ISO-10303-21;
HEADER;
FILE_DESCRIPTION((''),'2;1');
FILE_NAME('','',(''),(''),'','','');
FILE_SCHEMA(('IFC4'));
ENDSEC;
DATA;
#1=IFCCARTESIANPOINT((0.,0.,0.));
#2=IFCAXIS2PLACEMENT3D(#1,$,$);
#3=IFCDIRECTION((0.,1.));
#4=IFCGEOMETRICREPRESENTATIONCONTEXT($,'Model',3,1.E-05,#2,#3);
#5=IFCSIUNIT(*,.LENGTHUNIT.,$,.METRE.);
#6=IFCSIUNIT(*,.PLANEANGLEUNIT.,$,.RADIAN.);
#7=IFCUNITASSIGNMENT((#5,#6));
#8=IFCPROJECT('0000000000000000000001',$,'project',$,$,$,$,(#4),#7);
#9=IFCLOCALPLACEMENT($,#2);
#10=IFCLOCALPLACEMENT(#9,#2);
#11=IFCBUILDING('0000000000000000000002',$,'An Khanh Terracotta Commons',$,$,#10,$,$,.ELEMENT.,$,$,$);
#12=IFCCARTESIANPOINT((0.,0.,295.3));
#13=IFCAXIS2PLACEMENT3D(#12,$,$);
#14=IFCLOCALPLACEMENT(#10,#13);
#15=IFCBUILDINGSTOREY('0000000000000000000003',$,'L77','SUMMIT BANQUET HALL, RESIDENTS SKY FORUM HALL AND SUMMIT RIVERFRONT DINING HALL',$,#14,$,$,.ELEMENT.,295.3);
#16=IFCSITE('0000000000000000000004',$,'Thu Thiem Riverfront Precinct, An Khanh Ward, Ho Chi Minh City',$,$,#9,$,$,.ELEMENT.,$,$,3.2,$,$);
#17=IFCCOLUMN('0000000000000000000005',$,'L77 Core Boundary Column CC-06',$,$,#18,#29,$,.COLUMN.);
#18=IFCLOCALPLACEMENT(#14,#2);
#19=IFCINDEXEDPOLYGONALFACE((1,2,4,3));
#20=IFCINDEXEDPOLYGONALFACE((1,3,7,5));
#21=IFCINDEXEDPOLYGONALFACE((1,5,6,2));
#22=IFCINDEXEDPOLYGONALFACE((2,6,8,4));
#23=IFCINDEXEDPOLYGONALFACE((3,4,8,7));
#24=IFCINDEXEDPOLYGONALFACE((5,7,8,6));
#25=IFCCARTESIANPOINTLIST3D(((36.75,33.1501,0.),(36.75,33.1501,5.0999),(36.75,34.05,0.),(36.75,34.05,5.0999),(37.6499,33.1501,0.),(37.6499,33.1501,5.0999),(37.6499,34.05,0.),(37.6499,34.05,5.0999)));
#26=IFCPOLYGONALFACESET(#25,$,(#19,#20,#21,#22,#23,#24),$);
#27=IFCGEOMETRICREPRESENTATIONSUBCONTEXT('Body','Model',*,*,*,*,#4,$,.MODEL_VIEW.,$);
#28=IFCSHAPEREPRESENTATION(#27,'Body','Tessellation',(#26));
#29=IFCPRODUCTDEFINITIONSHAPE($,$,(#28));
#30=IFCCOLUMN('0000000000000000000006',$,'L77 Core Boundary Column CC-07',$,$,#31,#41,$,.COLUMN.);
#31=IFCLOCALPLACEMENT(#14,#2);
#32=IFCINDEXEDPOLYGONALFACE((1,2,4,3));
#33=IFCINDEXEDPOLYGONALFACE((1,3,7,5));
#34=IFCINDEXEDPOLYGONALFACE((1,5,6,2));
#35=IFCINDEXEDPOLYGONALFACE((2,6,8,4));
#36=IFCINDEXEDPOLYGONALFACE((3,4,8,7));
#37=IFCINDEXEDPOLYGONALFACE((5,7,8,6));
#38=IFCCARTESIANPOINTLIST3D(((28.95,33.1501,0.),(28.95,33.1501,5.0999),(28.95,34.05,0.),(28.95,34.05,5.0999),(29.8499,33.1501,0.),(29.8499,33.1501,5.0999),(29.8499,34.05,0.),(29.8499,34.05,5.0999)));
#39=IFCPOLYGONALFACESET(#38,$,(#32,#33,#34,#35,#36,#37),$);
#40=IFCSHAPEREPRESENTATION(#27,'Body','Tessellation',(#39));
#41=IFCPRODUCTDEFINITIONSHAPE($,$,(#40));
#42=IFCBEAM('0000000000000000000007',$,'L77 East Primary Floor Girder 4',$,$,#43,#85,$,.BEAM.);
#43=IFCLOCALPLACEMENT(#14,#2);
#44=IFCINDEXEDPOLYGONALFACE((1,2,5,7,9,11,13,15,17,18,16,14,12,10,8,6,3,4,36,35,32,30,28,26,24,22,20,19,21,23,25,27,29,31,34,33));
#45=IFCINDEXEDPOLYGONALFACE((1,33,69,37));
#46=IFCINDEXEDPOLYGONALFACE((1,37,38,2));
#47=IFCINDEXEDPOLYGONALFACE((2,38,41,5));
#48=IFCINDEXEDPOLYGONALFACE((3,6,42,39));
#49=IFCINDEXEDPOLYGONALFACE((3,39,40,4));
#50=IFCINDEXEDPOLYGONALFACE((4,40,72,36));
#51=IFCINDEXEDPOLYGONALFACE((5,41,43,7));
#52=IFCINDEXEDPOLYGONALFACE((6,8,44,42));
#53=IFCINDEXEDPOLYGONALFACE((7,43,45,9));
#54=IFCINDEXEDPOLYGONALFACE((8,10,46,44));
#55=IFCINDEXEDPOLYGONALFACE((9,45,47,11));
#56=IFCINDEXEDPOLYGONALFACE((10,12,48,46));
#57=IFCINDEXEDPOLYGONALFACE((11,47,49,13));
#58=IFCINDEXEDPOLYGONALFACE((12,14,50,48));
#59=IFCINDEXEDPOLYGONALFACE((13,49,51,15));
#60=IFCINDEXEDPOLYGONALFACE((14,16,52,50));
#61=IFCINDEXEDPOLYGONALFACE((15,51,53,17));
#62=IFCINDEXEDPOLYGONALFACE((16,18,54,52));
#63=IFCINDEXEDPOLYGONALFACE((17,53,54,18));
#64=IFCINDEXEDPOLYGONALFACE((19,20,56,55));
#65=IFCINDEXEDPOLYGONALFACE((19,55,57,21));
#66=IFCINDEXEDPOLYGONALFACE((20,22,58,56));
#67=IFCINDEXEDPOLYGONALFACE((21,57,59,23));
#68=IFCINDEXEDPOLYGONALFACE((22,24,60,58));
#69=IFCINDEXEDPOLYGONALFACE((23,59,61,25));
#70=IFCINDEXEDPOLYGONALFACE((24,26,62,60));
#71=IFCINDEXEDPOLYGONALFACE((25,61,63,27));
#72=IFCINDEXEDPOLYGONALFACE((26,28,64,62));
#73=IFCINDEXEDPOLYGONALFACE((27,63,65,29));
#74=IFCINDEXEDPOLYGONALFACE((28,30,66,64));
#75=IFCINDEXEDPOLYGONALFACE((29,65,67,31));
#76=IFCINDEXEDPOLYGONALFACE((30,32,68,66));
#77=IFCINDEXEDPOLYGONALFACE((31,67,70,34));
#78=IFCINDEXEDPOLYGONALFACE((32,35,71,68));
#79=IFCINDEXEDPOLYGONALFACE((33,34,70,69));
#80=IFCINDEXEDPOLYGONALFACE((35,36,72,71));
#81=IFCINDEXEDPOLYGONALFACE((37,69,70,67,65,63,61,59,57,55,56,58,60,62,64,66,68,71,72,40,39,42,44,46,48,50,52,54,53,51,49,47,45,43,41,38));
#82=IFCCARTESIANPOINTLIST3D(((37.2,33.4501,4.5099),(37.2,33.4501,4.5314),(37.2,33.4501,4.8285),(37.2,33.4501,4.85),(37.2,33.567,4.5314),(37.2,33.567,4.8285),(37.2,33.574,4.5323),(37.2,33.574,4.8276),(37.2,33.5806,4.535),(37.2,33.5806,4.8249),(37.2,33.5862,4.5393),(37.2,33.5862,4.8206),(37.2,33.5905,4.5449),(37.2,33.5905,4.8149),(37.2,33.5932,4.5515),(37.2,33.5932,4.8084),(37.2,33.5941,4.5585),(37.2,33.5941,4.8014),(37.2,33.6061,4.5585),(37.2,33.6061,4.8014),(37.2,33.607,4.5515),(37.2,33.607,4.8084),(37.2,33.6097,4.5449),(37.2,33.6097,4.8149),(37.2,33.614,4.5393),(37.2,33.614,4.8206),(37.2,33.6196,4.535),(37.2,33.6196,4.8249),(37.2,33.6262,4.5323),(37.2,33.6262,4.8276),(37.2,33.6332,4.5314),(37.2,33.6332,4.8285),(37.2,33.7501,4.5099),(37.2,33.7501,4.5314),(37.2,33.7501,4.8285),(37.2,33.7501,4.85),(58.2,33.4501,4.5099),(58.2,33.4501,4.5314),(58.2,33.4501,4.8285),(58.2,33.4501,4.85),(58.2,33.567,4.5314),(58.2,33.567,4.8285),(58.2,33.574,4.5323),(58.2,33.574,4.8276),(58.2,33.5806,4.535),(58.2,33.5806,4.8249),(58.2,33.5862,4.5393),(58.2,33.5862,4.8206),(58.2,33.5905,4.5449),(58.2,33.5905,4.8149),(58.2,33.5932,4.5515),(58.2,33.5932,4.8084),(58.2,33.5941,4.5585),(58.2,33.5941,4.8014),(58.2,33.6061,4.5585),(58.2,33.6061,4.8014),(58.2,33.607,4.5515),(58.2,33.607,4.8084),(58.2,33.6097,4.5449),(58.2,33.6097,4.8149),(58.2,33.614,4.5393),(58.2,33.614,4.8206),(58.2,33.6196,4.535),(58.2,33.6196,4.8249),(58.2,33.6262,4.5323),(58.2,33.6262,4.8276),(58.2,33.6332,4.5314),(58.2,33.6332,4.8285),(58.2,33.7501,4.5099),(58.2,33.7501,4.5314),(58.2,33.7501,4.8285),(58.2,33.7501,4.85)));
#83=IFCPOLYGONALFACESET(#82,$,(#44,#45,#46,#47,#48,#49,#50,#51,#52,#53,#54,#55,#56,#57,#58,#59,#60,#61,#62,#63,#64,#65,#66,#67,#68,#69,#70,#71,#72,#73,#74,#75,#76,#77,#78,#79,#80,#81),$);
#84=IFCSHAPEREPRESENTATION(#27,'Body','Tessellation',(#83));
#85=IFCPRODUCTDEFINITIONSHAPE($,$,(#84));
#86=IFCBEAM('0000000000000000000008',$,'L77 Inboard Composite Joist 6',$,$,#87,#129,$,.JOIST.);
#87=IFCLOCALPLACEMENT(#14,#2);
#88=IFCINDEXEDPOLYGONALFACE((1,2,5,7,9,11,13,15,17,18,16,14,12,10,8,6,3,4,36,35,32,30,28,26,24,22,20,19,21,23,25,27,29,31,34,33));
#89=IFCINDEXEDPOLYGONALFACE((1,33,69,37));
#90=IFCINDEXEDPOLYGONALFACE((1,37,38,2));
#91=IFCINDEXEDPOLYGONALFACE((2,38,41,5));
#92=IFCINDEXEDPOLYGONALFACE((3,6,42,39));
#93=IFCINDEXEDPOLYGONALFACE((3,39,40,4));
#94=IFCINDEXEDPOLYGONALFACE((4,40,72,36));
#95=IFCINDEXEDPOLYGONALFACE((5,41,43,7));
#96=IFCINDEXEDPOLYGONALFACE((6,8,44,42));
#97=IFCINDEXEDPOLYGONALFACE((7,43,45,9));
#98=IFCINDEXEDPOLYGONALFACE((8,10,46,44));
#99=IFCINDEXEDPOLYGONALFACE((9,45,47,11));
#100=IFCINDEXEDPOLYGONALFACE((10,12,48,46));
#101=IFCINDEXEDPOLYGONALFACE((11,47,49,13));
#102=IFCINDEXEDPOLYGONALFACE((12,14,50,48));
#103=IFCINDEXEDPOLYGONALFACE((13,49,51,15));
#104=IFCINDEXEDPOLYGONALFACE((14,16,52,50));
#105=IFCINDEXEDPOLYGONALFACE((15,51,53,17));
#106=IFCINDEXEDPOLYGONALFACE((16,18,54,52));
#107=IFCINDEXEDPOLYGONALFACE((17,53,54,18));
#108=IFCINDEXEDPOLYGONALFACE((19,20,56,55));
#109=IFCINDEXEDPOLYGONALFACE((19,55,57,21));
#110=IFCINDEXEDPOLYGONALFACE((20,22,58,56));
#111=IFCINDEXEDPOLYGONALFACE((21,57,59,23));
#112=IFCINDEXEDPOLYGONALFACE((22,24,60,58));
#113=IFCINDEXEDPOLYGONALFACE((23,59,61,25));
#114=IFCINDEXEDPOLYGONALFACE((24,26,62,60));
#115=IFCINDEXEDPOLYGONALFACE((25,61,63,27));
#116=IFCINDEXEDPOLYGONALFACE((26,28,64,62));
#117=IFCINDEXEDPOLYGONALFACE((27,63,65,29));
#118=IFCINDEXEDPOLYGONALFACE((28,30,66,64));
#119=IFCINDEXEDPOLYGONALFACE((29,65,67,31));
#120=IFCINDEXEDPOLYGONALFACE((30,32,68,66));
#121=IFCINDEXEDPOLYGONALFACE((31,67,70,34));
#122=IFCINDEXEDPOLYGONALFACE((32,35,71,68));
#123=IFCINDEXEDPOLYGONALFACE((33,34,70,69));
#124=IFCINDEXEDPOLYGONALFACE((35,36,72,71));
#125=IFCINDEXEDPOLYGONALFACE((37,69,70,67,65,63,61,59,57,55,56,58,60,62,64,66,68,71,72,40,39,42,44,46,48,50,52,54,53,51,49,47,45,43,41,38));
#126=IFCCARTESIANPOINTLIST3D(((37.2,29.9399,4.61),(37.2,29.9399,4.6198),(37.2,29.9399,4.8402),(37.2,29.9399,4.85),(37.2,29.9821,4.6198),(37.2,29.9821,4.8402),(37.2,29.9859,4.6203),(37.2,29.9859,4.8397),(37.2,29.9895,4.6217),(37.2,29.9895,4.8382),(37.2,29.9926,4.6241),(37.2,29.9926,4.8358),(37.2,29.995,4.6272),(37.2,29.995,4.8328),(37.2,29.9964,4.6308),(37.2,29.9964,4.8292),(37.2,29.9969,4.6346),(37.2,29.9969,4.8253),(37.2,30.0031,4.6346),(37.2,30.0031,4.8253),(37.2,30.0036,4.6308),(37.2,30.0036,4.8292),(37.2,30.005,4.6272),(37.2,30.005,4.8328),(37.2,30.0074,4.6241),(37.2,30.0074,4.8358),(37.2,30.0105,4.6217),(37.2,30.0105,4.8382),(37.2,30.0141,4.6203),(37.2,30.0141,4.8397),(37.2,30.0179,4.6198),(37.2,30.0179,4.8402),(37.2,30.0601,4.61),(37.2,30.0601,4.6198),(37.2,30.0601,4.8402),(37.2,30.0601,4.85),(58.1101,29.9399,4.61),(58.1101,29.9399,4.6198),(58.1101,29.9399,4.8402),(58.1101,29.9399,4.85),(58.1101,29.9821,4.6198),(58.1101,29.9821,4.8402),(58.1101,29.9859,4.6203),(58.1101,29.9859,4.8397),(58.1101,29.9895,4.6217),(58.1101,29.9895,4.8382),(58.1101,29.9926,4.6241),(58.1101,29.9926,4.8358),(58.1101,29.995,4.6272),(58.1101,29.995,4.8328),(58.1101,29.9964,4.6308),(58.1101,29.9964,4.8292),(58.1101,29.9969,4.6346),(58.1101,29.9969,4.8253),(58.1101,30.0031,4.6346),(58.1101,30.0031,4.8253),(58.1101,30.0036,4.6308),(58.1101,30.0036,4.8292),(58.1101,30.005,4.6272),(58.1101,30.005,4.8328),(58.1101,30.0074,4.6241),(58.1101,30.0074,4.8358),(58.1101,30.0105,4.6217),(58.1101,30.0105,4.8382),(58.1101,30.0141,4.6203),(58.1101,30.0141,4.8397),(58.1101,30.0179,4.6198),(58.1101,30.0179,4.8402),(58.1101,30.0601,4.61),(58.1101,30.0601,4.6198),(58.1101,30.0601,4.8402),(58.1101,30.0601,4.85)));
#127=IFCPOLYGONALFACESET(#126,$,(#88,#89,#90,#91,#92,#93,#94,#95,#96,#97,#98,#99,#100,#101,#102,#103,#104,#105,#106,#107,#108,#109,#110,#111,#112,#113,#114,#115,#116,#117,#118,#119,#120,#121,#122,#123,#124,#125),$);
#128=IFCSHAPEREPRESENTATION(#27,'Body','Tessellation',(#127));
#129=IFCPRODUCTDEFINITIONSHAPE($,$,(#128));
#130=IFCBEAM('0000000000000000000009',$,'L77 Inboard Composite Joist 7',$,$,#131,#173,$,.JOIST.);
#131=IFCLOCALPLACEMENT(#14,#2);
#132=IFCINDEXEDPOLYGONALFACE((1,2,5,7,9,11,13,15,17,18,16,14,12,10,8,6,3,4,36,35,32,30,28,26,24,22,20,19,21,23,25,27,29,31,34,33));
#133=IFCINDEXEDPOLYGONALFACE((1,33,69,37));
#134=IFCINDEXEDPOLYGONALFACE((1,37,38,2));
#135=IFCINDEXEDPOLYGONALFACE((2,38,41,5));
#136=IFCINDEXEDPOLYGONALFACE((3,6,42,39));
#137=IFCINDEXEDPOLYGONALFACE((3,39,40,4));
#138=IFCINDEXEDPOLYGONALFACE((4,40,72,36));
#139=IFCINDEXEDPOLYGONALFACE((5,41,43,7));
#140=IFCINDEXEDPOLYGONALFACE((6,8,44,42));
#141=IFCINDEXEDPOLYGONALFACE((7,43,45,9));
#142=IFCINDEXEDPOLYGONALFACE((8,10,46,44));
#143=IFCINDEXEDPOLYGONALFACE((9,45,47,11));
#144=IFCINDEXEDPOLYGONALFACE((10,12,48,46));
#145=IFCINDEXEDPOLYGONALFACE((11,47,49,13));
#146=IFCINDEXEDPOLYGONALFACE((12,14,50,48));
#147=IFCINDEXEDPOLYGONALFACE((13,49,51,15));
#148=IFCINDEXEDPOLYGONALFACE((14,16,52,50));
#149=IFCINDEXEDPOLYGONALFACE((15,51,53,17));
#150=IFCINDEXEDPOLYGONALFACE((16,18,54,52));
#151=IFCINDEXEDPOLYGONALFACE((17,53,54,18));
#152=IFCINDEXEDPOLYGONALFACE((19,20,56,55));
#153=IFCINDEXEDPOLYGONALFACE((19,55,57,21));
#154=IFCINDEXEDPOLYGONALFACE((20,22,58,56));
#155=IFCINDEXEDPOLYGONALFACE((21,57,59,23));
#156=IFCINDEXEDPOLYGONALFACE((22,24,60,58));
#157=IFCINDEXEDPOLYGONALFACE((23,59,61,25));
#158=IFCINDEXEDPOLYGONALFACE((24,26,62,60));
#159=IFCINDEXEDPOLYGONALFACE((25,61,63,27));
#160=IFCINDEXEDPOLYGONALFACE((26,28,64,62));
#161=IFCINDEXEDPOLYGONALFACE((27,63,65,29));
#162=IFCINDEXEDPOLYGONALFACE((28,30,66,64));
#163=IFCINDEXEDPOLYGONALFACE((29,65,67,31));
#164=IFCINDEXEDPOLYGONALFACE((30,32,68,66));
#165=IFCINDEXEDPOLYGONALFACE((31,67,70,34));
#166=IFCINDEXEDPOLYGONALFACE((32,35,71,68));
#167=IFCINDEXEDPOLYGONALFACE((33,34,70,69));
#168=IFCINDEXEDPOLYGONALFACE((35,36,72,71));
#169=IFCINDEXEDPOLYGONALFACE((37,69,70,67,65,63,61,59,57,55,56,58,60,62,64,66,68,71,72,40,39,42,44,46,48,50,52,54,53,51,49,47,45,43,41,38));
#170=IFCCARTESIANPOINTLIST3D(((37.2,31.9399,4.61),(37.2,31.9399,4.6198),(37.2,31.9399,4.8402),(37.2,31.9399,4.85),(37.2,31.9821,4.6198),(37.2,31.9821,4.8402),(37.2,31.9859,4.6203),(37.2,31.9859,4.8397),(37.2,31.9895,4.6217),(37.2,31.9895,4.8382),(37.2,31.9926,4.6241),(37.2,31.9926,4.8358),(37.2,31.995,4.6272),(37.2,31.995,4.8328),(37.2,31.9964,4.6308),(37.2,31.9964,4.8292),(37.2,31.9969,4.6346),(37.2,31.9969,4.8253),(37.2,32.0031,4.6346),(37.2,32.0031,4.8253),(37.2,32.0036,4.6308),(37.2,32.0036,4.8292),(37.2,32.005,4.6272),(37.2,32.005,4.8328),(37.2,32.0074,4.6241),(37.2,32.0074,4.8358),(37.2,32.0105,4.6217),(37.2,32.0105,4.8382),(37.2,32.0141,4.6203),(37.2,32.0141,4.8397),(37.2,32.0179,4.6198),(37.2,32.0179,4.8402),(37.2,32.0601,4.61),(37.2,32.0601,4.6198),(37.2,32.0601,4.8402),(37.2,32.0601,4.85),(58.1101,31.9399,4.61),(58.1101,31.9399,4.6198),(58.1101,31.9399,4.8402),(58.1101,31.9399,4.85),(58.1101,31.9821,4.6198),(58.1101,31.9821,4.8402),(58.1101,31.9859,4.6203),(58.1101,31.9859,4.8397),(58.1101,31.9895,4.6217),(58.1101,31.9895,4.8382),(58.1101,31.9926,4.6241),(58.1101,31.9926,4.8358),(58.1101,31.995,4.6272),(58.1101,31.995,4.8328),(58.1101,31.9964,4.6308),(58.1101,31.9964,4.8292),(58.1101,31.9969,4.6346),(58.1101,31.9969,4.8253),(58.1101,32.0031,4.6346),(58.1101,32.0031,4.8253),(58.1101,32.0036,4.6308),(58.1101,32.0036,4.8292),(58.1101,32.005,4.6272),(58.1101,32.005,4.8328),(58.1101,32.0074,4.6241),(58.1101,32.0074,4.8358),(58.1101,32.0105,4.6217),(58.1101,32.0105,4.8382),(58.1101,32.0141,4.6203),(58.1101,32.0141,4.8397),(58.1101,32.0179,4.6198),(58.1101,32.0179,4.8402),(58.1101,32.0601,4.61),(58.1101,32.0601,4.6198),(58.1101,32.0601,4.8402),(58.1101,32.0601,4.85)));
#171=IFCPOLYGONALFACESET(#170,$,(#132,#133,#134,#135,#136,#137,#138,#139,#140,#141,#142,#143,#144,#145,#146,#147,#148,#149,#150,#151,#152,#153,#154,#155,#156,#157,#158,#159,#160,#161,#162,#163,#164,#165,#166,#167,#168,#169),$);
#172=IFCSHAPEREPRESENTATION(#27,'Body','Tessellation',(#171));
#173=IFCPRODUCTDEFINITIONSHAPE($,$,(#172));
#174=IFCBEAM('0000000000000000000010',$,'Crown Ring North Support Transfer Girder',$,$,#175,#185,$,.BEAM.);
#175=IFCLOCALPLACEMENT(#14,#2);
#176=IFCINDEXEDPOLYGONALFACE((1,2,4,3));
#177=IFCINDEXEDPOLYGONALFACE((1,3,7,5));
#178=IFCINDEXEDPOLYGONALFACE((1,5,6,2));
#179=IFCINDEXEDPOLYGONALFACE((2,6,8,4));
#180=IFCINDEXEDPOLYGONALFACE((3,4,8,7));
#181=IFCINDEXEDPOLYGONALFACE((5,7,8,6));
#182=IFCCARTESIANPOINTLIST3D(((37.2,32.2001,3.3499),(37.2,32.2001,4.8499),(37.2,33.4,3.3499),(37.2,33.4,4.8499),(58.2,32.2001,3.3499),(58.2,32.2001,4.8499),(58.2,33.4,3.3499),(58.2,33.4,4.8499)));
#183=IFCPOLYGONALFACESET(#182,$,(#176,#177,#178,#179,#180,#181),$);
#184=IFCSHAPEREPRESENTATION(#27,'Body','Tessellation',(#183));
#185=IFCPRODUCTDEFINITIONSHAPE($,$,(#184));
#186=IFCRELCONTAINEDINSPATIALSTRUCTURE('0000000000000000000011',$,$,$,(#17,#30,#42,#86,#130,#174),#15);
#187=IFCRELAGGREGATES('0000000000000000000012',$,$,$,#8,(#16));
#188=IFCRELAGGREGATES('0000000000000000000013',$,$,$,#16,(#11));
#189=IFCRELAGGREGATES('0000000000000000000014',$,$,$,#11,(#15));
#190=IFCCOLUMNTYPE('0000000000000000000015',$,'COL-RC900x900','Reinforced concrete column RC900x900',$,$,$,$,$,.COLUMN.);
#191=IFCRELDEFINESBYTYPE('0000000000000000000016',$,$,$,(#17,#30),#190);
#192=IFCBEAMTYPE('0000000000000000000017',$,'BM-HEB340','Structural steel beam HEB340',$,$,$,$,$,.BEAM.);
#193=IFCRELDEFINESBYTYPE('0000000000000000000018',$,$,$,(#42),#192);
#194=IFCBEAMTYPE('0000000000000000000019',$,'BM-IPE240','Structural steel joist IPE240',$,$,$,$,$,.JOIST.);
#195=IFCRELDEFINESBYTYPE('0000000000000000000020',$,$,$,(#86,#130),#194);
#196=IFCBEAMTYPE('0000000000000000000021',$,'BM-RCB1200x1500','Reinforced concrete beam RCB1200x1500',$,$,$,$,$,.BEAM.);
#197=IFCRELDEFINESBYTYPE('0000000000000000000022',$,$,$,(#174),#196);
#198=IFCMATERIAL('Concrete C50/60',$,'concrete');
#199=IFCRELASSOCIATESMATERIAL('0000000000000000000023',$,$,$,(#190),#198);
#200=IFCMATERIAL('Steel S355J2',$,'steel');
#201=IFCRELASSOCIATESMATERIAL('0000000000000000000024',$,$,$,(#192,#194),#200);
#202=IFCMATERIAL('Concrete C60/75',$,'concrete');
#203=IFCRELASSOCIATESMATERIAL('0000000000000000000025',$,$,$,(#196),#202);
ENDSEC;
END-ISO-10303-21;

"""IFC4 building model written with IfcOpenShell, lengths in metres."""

from ifc_helpers import new_model, si_unit, direction, frame, origin, origin_2d, place, context, subcontext, project, spatial, rectangle, i_section, extrude, material, material_profile, profile_set, type_object, element, save


model = new_model("IFC4")

# Units and contexts
model_context = context("Model", 3, precision=1e-05, world=origin(), true_north=direction((0.0, 1.0)))
body_context = subcontext(model_context, "Body", "Model", "MODEL_VIEW")
ifc_project = project(units=[si_unit("LENGTHUNIT", "METRE"), si_unit("PLANEANGLEUNIT", "RADIAN")], contexts=[model_context])

# Site, building, storey
site_placement = place(None, origin())
site = spatial("IfcSite", under=ifc_project, at=site_placement, Name="Thu Thiem Riverfront Precinct, An Khanh Ward, Ho Chi Minh City", CompositionType="ELEMENT", RefElevation=3.2)
building_placement = place(site_placement, origin())
building = spatial("IfcBuilding", under=site, at=building_placement, Name="An Khanh Terracotta Commons", CompositionType="ELEMENT")
storey_placement = place(building_placement, frame((0.0, 0.0, 295.3)))
storey = spatial("IfcBuildingStorey", under=building, at=storey_placement, Name="L77", Description="SUMMIT BANQUET HALL, RESIDENTS SKY FORUM HALL AND SUMMIT RIVERFRONT DINING HALL", CompositionType="ELEMENT", Elevation=295.3)

# Columns
ifc_material_1 = material(Name="Concrete C50/60", Category="concrete")
ifc_material_profile_1 = material_profile(ifc_material_1, rectangle(XDim=0.8999, YDim=0.8999, at=origin_2d()), Name="RC900x900")
ifc_profile_set_1 = profile_set([ifc_material_profile_1], Name="Concrete C50/60")
column_type = type_object("IfcColumnType", Name="COL-RC900x900", Description="Reinforced concrete column RC900x900", PredefinedType="COLUMN", material=ifc_profile_set_1)
for number, where, z_axis, x_axis, name in (
    (1, (37.2, 33.6001, 0.0), (0.0, 0.0, 1.0), (1.0, 0.0, 0.0), "L77 Core Boundary Column CC-06"),
    (2, (29.3999, 33.6001, 0.0), (0.0, 0.0, 1.0), (1.0, 0.0, 0.0), "L77 Core Boundary Column CC-07"),
):
    element("IfcColumn", number, at=place(storey_placement, frame(where, z_axis=z_axis, x_axis=x_axis)), inside=storey, type_object=column_type, Name=name, PredefinedType="COLUMN", context=body_context, shape_type="SweptSolid", body=[
        extrude(rectangle(XDim=0.8999, YDim=0.8999, at=origin_2d()), origin(), (0.0, 0.0, 1.0), 5.0999),
    ])

# Beams
ifc_material_2 = material(Name="Steel S355J2", Category="steel")
ifc_material_profile_2 = material_profile(ifc_material_2, i_section(OverallWidth=0.3, OverallDepth=0.3401, WebThickness=0.012, FlangeThickness=0.0215, FilletRadius=0.0271, at=origin_2d()), Name="HEB340")
ifc_profile_set_2 = profile_set([ifc_material_profile_2], Name="Steel S355J2")
beam_type_1 = type_object("IfcBeamType", Name="BM-HEB340", Description="Structural steel beam HEB340", PredefinedType="BEAM", material=ifc_profile_set_2)
beam_1_placement = place(storey_placement, frame((37.2, 33.6001, 4.6799), z_axis=(1.0, 0.0, 0.0), x_axis=(0.0, 1.0, 0.0)))
element("IfcBeam", 3, at=beam_1_placement, inside=storey, type_object=beam_type_1, Name="L77 East Primary Floor Girder 4", PredefinedType="BEAM", context=body_context, shape_type="SweptSolid", body=[
    extrude(i_section(OverallWidth=0.3, OverallDepth=0.3401, WebThickness=0.012, FlangeThickness=0.0215, FilletRadius=0.0271, at=origin_2d()), origin(), (0.0, 0.0, 1.0), 21.0),
])
ifc_material_profile_3 = material_profile(ifc_material_2, i_section(OverallWidth=0.1201, OverallDepth=0.24, WebThickness=0.0061, FlangeThickness=0.0098, FilletRadius=0.0149, at=origin_2d()), Name="IPE240")
ifc_profile_set_3 = profile_set([ifc_material_profile_3], Name="Steel S355J2")
beam_type_2 = type_object("IfcBeamType", Name="BM-IPE240", Description="Structural steel joist IPE240", PredefinedType="JOIST", material=ifc_profile_set_3)
for number, where, z_axis, x_axis, name in (
    (4, (37.2, 30.0, 4.73), (1.0, 0.0, 0.0), (0.0, 1.0, 0.0), "L77 Inboard Composite Joist 6"),
    (5, (37.2, 32.0, 4.73), (1.0, 0.0, 0.0), (0.0, 1.0, 0.0), "L77 Inboard Composite Joist 7"),
):
    element("IfcBeam", number, at=place(storey_placement, frame(where, z_axis=z_axis, x_axis=x_axis)), inside=storey, type_object=beam_type_2, Name=name, PredefinedType="JOIST", context=body_context, shape_type="SweptSolid", body=[
        extrude(i_section(OverallWidth=0.1201, OverallDepth=0.24, WebThickness=0.0061, FlangeThickness=0.0098, FilletRadius=0.0149, at=origin_2d()), origin(), (0.0, 0.0, 1.0), 20.9102),
    ])
ifc_material_3 = material(Name="Concrete C60/75", Category="concrete")
ifc_material_profile_4 = material_profile(ifc_material_3, rectangle(XDim=1.2, YDim=1.5, at=origin_2d()), Name="RCB1200x1500")
ifc_profile_set_4 = profile_set([ifc_material_profile_4], Name="Concrete C60/75")
beam_type_3 = type_object("IfcBeamType", Name="BM-RCB1200x1500", Description="Reinforced concrete beam RCB1200x1500", PredefinedType="BEAM", material=ifc_profile_set_4)
beam_2_placement = place(storey_placement, frame((37.2, 32.8, 4.0999), z_axis=(1.0, 0.0, 0.0), x_axis=(0.0, 1.0, 0.0)))
element("IfcBeam", 6, at=beam_2_placement, inside=storey, type_object=beam_type_3, Name="Crown Ring North Support Transfer Girder", PredefinedType="BEAM", context=body_context, shape_type="SweptSolid", body=[
    extrude(rectangle(XDim=1.2, YDim=1.5, at=origin_2d()), origin(), (0.0, 0.0, 1.0), 21.0),
])

save(model, "model.ifc")
